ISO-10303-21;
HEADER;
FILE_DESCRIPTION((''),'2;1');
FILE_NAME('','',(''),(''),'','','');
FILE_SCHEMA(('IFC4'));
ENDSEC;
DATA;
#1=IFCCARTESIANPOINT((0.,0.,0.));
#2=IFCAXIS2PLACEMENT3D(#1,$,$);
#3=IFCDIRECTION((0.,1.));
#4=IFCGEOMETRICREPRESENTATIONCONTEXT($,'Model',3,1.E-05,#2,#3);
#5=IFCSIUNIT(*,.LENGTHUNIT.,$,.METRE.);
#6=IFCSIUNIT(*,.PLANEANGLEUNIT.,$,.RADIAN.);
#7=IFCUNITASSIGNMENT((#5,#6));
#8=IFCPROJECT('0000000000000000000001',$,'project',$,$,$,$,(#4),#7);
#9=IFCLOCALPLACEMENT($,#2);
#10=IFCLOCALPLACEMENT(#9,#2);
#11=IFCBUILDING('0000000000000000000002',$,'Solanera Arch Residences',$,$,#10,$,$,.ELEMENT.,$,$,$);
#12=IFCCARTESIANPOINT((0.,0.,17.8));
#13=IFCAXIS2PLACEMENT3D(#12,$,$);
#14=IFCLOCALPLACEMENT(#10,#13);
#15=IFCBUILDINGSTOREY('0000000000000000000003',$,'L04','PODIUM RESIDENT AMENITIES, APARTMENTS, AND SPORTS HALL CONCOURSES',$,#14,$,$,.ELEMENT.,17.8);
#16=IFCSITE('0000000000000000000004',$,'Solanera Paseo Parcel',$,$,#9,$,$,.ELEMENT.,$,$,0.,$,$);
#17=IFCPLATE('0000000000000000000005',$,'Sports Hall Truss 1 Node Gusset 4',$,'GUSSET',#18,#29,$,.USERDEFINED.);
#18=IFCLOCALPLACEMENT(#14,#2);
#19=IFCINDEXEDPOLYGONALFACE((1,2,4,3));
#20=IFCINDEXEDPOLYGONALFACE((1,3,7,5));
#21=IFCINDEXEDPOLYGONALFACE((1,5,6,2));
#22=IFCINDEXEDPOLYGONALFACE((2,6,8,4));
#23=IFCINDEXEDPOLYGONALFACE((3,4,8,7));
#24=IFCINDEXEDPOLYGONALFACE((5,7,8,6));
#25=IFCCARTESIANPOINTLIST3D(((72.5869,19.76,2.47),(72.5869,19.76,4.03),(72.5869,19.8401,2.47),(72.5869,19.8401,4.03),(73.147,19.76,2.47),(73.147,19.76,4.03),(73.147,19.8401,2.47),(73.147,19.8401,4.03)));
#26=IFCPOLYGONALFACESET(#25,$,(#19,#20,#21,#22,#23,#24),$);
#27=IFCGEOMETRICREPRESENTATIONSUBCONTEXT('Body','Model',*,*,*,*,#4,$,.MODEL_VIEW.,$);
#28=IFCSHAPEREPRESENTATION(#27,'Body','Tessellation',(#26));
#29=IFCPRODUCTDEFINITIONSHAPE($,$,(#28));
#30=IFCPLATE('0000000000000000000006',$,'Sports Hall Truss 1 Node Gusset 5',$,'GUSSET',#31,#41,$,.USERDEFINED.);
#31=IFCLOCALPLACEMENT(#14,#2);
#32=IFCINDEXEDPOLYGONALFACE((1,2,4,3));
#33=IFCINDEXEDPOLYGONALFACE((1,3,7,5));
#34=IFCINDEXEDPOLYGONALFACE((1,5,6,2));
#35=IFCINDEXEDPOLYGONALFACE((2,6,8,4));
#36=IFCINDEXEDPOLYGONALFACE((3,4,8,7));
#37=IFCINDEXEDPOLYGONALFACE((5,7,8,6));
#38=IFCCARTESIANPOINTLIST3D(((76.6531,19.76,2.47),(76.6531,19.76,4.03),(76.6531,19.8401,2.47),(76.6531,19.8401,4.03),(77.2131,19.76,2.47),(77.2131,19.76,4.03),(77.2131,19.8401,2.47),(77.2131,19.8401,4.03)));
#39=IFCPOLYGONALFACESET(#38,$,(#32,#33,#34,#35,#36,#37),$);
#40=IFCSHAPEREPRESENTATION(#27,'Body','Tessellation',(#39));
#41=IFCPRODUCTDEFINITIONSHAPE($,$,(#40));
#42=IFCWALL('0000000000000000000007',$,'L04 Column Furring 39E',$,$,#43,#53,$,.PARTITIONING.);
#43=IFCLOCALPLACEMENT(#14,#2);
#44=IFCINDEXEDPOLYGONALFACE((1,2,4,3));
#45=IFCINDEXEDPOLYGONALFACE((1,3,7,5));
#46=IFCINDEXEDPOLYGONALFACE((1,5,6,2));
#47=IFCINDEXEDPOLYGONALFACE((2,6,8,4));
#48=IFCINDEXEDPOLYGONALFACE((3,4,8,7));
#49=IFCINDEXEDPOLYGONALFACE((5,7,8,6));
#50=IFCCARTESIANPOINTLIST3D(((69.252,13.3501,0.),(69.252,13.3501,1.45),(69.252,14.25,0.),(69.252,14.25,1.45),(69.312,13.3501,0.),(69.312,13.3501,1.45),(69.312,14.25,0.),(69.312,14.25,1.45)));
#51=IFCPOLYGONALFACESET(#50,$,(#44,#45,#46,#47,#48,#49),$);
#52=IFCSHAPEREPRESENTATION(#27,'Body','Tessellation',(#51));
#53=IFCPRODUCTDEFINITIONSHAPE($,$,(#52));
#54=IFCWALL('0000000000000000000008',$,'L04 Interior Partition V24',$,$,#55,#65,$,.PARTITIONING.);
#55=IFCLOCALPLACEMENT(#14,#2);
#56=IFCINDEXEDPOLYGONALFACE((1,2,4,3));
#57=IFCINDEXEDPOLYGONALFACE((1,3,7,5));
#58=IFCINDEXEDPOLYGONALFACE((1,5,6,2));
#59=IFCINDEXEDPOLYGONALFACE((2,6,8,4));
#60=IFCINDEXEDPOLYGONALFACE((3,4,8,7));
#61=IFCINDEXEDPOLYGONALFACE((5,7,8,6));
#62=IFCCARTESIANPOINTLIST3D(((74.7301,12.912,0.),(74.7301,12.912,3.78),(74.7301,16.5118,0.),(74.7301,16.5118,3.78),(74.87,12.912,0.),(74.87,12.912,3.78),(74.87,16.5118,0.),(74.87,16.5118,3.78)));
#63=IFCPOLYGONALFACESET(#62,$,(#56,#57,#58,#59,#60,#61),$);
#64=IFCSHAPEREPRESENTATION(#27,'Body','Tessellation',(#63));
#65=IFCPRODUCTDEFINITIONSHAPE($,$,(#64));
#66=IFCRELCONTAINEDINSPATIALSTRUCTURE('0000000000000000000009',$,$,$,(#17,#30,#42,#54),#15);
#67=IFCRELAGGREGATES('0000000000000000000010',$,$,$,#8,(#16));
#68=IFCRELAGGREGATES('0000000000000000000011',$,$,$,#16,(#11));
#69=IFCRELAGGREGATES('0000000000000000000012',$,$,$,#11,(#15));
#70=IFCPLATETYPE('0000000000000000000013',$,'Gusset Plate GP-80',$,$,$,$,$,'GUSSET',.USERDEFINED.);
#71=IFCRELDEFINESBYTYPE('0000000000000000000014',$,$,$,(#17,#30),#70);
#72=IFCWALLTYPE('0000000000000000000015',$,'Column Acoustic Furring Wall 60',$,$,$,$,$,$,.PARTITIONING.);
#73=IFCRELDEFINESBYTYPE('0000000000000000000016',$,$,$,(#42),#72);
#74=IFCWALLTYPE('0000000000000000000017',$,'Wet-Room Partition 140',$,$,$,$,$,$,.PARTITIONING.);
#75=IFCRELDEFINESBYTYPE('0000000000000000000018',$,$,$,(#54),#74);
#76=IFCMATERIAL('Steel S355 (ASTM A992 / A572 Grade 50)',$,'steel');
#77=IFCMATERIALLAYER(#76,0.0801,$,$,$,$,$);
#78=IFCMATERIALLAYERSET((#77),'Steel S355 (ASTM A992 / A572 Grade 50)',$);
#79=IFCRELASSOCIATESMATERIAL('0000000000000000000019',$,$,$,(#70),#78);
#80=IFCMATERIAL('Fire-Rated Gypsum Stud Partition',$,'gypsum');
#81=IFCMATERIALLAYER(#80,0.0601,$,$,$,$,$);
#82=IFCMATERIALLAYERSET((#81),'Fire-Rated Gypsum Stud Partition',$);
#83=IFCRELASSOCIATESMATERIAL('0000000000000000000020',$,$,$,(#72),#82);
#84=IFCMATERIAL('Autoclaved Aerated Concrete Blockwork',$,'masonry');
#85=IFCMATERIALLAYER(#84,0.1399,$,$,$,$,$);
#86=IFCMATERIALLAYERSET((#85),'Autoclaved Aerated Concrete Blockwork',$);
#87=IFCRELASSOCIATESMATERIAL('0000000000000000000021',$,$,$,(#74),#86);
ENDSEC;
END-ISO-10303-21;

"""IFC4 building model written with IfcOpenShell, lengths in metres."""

from ifc_helpers import new_model, si_unit, direction, frame, frame_2d, origin, origin_2d, place, context, subcontext, project, spatial, rectangle, extrude, material, layer, layer_set, type_object, element, save


model = new_model("IFC4")

# Units and contexts
model_context = context("Model", 3, precision=1e-05, world=origin(), true_north=direction((0.0, 1.0)))
body_context = subcontext(model_context, "Body", "Model", "MODEL_VIEW")
ifc_project = project(units=[si_unit("LENGTHUNIT", "METRE"), si_unit("PLANEANGLEUNIT", "RADIAN")], contexts=[model_context])

# Site, building, storey
site_placement = place(None, origin())
site = spatial("IfcSite", under=ifc_project, at=site_placement, Name="Solanera Paseo Parcel", CompositionType="ELEMENT", RefElevation=0.0)
building_placement = place(site_placement, origin())
building = spatial("IfcBuilding", under=site, at=building_placement, Name="Solanera Arch Residences", CompositionType="ELEMENT")
storey_placement = place(building_placement, frame((0.0, 0.0, 17.8)))
storey = spatial("IfcBuildingStorey", under=building, at=storey_placement, Name="L04", Description="PODIUM RESIDENT AMENITIES, APARTMENTS, AND SPORTS HALL CONCOURSES", CompositionType="ELEMENT", Elevation=17.8)

# Plates
ifc_material_1 = material(Name="Steel S355 (ASTM A992 / A572 Grade 50)", Category="steel")
ifc_layer_1 = layer(ifc_material_1, 0.0801)
ifc_layer_set_1 = layer_set([ifc_layer_1], Name="Steel S355 (ASTM A992 / A572 Grade 50)")
plate_type_1 = type_object("IfcPlateType", Name="Gusset Plate GP-80", ElementType="GUSSET", PredefinedType="USERDEFINED", material=ifc_layer_set_1)
for number, where, z_axis, x_axis, name in (
    (1, (72.8669, 19.8, 2.47), (0.0, 0.0, 1.0), (1.0, 0.0, 0.0), "Sports Hall Truss 1 Node Gusset 4"),
    (2, (76.9331, 19.8, 2.47), (0.0, 0.0, 1.0), (1.0, 0.0, 0.0), "Sports Hall Truss 1 Node Gusset 5"),
):
    element("IfcPlate", number, at=place(storey_placement, frame(where, z_axis=z_axis, x_axis=x_axis)), inside=storey, type_object=plate_type_1, Name=name, ObjectType="GUSSET", PredefinedType="USERDEFINED", context=body_context, shape_type="SweptSolid", body=[
        extrude(rectangle(XDim=0.5601, YDim=0.0801, at=origin_2d()), origin(), (0.0, 0.0, 1.0), 1.5601),
    ])

# Walls
ifc_material_2 = material(Name="Fire-Rated Gypsum Stud Partition", Category="gypsum")
ifc_layer_2 = layer(ifc_material_2, 0.0601)
ifc_layer_set_2 = layer_set([ifc_layer_2], Name="Fire-Rated Gypsum Stud Partition")
wall_type_1 = type_object("IfcWallType", Name="Column Acoustic Furring Wall 60", PredefinedType="PARTITIONING", material=ifc_layer_set_2)
wall_1_placement = place(storey_placement, frame((69.282, 13.3501, 0.0), z_axis=(0.0, 0.0, 1.0), x_axis=(0.0, 1.0, 0.0)))
element("IfcWall", 3, at=wall_1_placement, inside=storey, type_object=wall_type_1, Name="L04 Column Furring 39E", PredefinedType="PARTITIONING", context=body_context, shape_type="SweptSolid", body=[
    extrude(rectangle(XDim=0.8999, YDim=0.0601, at=frame_2d((0.45, 0.0))), origin(), (0.0, 0.0, 1.0), 1.45),
])
ifc_material_3 = material(Name="Autoclaved Aerated Concrete Blockwork", Category="masonry")
ifc_layer_3 = layer(ifc_material_3, 0.1399)
ifc_layer_set_3 = layer_set([ifc_layer_3], Name="Autoclaved Aerated Concrete Blockwork")
wall_type_2 = type_object("IfcWallType", Name="Wet-Room Partition 140", PredefinedType="PARTITIONING", material=ifc_layer_set_3)
wall_2_placement = place(storey_placement, frame((74.8, 12.9121, 0.0), z_axis=(0.0, 0.0, 1.0), x_axis=(0.0, 1.0, 0.0)))
element("IfcWall", 4, at=wall_2_placement, inside=storey, type_object=wall_type_2, Name="L04 Interior Partition V24", PredefinedType="PARTITIONING", context=body_context, shape_type="SweptSolid", body=[
    extrude(rectangle(XDim=3.5999, YDim=0.1399, at=frame_2d((1.7998, 0.0))), origin(), (0.0, 0.0, 1.0), 3.78),
])

save(model, "model.ifc")
